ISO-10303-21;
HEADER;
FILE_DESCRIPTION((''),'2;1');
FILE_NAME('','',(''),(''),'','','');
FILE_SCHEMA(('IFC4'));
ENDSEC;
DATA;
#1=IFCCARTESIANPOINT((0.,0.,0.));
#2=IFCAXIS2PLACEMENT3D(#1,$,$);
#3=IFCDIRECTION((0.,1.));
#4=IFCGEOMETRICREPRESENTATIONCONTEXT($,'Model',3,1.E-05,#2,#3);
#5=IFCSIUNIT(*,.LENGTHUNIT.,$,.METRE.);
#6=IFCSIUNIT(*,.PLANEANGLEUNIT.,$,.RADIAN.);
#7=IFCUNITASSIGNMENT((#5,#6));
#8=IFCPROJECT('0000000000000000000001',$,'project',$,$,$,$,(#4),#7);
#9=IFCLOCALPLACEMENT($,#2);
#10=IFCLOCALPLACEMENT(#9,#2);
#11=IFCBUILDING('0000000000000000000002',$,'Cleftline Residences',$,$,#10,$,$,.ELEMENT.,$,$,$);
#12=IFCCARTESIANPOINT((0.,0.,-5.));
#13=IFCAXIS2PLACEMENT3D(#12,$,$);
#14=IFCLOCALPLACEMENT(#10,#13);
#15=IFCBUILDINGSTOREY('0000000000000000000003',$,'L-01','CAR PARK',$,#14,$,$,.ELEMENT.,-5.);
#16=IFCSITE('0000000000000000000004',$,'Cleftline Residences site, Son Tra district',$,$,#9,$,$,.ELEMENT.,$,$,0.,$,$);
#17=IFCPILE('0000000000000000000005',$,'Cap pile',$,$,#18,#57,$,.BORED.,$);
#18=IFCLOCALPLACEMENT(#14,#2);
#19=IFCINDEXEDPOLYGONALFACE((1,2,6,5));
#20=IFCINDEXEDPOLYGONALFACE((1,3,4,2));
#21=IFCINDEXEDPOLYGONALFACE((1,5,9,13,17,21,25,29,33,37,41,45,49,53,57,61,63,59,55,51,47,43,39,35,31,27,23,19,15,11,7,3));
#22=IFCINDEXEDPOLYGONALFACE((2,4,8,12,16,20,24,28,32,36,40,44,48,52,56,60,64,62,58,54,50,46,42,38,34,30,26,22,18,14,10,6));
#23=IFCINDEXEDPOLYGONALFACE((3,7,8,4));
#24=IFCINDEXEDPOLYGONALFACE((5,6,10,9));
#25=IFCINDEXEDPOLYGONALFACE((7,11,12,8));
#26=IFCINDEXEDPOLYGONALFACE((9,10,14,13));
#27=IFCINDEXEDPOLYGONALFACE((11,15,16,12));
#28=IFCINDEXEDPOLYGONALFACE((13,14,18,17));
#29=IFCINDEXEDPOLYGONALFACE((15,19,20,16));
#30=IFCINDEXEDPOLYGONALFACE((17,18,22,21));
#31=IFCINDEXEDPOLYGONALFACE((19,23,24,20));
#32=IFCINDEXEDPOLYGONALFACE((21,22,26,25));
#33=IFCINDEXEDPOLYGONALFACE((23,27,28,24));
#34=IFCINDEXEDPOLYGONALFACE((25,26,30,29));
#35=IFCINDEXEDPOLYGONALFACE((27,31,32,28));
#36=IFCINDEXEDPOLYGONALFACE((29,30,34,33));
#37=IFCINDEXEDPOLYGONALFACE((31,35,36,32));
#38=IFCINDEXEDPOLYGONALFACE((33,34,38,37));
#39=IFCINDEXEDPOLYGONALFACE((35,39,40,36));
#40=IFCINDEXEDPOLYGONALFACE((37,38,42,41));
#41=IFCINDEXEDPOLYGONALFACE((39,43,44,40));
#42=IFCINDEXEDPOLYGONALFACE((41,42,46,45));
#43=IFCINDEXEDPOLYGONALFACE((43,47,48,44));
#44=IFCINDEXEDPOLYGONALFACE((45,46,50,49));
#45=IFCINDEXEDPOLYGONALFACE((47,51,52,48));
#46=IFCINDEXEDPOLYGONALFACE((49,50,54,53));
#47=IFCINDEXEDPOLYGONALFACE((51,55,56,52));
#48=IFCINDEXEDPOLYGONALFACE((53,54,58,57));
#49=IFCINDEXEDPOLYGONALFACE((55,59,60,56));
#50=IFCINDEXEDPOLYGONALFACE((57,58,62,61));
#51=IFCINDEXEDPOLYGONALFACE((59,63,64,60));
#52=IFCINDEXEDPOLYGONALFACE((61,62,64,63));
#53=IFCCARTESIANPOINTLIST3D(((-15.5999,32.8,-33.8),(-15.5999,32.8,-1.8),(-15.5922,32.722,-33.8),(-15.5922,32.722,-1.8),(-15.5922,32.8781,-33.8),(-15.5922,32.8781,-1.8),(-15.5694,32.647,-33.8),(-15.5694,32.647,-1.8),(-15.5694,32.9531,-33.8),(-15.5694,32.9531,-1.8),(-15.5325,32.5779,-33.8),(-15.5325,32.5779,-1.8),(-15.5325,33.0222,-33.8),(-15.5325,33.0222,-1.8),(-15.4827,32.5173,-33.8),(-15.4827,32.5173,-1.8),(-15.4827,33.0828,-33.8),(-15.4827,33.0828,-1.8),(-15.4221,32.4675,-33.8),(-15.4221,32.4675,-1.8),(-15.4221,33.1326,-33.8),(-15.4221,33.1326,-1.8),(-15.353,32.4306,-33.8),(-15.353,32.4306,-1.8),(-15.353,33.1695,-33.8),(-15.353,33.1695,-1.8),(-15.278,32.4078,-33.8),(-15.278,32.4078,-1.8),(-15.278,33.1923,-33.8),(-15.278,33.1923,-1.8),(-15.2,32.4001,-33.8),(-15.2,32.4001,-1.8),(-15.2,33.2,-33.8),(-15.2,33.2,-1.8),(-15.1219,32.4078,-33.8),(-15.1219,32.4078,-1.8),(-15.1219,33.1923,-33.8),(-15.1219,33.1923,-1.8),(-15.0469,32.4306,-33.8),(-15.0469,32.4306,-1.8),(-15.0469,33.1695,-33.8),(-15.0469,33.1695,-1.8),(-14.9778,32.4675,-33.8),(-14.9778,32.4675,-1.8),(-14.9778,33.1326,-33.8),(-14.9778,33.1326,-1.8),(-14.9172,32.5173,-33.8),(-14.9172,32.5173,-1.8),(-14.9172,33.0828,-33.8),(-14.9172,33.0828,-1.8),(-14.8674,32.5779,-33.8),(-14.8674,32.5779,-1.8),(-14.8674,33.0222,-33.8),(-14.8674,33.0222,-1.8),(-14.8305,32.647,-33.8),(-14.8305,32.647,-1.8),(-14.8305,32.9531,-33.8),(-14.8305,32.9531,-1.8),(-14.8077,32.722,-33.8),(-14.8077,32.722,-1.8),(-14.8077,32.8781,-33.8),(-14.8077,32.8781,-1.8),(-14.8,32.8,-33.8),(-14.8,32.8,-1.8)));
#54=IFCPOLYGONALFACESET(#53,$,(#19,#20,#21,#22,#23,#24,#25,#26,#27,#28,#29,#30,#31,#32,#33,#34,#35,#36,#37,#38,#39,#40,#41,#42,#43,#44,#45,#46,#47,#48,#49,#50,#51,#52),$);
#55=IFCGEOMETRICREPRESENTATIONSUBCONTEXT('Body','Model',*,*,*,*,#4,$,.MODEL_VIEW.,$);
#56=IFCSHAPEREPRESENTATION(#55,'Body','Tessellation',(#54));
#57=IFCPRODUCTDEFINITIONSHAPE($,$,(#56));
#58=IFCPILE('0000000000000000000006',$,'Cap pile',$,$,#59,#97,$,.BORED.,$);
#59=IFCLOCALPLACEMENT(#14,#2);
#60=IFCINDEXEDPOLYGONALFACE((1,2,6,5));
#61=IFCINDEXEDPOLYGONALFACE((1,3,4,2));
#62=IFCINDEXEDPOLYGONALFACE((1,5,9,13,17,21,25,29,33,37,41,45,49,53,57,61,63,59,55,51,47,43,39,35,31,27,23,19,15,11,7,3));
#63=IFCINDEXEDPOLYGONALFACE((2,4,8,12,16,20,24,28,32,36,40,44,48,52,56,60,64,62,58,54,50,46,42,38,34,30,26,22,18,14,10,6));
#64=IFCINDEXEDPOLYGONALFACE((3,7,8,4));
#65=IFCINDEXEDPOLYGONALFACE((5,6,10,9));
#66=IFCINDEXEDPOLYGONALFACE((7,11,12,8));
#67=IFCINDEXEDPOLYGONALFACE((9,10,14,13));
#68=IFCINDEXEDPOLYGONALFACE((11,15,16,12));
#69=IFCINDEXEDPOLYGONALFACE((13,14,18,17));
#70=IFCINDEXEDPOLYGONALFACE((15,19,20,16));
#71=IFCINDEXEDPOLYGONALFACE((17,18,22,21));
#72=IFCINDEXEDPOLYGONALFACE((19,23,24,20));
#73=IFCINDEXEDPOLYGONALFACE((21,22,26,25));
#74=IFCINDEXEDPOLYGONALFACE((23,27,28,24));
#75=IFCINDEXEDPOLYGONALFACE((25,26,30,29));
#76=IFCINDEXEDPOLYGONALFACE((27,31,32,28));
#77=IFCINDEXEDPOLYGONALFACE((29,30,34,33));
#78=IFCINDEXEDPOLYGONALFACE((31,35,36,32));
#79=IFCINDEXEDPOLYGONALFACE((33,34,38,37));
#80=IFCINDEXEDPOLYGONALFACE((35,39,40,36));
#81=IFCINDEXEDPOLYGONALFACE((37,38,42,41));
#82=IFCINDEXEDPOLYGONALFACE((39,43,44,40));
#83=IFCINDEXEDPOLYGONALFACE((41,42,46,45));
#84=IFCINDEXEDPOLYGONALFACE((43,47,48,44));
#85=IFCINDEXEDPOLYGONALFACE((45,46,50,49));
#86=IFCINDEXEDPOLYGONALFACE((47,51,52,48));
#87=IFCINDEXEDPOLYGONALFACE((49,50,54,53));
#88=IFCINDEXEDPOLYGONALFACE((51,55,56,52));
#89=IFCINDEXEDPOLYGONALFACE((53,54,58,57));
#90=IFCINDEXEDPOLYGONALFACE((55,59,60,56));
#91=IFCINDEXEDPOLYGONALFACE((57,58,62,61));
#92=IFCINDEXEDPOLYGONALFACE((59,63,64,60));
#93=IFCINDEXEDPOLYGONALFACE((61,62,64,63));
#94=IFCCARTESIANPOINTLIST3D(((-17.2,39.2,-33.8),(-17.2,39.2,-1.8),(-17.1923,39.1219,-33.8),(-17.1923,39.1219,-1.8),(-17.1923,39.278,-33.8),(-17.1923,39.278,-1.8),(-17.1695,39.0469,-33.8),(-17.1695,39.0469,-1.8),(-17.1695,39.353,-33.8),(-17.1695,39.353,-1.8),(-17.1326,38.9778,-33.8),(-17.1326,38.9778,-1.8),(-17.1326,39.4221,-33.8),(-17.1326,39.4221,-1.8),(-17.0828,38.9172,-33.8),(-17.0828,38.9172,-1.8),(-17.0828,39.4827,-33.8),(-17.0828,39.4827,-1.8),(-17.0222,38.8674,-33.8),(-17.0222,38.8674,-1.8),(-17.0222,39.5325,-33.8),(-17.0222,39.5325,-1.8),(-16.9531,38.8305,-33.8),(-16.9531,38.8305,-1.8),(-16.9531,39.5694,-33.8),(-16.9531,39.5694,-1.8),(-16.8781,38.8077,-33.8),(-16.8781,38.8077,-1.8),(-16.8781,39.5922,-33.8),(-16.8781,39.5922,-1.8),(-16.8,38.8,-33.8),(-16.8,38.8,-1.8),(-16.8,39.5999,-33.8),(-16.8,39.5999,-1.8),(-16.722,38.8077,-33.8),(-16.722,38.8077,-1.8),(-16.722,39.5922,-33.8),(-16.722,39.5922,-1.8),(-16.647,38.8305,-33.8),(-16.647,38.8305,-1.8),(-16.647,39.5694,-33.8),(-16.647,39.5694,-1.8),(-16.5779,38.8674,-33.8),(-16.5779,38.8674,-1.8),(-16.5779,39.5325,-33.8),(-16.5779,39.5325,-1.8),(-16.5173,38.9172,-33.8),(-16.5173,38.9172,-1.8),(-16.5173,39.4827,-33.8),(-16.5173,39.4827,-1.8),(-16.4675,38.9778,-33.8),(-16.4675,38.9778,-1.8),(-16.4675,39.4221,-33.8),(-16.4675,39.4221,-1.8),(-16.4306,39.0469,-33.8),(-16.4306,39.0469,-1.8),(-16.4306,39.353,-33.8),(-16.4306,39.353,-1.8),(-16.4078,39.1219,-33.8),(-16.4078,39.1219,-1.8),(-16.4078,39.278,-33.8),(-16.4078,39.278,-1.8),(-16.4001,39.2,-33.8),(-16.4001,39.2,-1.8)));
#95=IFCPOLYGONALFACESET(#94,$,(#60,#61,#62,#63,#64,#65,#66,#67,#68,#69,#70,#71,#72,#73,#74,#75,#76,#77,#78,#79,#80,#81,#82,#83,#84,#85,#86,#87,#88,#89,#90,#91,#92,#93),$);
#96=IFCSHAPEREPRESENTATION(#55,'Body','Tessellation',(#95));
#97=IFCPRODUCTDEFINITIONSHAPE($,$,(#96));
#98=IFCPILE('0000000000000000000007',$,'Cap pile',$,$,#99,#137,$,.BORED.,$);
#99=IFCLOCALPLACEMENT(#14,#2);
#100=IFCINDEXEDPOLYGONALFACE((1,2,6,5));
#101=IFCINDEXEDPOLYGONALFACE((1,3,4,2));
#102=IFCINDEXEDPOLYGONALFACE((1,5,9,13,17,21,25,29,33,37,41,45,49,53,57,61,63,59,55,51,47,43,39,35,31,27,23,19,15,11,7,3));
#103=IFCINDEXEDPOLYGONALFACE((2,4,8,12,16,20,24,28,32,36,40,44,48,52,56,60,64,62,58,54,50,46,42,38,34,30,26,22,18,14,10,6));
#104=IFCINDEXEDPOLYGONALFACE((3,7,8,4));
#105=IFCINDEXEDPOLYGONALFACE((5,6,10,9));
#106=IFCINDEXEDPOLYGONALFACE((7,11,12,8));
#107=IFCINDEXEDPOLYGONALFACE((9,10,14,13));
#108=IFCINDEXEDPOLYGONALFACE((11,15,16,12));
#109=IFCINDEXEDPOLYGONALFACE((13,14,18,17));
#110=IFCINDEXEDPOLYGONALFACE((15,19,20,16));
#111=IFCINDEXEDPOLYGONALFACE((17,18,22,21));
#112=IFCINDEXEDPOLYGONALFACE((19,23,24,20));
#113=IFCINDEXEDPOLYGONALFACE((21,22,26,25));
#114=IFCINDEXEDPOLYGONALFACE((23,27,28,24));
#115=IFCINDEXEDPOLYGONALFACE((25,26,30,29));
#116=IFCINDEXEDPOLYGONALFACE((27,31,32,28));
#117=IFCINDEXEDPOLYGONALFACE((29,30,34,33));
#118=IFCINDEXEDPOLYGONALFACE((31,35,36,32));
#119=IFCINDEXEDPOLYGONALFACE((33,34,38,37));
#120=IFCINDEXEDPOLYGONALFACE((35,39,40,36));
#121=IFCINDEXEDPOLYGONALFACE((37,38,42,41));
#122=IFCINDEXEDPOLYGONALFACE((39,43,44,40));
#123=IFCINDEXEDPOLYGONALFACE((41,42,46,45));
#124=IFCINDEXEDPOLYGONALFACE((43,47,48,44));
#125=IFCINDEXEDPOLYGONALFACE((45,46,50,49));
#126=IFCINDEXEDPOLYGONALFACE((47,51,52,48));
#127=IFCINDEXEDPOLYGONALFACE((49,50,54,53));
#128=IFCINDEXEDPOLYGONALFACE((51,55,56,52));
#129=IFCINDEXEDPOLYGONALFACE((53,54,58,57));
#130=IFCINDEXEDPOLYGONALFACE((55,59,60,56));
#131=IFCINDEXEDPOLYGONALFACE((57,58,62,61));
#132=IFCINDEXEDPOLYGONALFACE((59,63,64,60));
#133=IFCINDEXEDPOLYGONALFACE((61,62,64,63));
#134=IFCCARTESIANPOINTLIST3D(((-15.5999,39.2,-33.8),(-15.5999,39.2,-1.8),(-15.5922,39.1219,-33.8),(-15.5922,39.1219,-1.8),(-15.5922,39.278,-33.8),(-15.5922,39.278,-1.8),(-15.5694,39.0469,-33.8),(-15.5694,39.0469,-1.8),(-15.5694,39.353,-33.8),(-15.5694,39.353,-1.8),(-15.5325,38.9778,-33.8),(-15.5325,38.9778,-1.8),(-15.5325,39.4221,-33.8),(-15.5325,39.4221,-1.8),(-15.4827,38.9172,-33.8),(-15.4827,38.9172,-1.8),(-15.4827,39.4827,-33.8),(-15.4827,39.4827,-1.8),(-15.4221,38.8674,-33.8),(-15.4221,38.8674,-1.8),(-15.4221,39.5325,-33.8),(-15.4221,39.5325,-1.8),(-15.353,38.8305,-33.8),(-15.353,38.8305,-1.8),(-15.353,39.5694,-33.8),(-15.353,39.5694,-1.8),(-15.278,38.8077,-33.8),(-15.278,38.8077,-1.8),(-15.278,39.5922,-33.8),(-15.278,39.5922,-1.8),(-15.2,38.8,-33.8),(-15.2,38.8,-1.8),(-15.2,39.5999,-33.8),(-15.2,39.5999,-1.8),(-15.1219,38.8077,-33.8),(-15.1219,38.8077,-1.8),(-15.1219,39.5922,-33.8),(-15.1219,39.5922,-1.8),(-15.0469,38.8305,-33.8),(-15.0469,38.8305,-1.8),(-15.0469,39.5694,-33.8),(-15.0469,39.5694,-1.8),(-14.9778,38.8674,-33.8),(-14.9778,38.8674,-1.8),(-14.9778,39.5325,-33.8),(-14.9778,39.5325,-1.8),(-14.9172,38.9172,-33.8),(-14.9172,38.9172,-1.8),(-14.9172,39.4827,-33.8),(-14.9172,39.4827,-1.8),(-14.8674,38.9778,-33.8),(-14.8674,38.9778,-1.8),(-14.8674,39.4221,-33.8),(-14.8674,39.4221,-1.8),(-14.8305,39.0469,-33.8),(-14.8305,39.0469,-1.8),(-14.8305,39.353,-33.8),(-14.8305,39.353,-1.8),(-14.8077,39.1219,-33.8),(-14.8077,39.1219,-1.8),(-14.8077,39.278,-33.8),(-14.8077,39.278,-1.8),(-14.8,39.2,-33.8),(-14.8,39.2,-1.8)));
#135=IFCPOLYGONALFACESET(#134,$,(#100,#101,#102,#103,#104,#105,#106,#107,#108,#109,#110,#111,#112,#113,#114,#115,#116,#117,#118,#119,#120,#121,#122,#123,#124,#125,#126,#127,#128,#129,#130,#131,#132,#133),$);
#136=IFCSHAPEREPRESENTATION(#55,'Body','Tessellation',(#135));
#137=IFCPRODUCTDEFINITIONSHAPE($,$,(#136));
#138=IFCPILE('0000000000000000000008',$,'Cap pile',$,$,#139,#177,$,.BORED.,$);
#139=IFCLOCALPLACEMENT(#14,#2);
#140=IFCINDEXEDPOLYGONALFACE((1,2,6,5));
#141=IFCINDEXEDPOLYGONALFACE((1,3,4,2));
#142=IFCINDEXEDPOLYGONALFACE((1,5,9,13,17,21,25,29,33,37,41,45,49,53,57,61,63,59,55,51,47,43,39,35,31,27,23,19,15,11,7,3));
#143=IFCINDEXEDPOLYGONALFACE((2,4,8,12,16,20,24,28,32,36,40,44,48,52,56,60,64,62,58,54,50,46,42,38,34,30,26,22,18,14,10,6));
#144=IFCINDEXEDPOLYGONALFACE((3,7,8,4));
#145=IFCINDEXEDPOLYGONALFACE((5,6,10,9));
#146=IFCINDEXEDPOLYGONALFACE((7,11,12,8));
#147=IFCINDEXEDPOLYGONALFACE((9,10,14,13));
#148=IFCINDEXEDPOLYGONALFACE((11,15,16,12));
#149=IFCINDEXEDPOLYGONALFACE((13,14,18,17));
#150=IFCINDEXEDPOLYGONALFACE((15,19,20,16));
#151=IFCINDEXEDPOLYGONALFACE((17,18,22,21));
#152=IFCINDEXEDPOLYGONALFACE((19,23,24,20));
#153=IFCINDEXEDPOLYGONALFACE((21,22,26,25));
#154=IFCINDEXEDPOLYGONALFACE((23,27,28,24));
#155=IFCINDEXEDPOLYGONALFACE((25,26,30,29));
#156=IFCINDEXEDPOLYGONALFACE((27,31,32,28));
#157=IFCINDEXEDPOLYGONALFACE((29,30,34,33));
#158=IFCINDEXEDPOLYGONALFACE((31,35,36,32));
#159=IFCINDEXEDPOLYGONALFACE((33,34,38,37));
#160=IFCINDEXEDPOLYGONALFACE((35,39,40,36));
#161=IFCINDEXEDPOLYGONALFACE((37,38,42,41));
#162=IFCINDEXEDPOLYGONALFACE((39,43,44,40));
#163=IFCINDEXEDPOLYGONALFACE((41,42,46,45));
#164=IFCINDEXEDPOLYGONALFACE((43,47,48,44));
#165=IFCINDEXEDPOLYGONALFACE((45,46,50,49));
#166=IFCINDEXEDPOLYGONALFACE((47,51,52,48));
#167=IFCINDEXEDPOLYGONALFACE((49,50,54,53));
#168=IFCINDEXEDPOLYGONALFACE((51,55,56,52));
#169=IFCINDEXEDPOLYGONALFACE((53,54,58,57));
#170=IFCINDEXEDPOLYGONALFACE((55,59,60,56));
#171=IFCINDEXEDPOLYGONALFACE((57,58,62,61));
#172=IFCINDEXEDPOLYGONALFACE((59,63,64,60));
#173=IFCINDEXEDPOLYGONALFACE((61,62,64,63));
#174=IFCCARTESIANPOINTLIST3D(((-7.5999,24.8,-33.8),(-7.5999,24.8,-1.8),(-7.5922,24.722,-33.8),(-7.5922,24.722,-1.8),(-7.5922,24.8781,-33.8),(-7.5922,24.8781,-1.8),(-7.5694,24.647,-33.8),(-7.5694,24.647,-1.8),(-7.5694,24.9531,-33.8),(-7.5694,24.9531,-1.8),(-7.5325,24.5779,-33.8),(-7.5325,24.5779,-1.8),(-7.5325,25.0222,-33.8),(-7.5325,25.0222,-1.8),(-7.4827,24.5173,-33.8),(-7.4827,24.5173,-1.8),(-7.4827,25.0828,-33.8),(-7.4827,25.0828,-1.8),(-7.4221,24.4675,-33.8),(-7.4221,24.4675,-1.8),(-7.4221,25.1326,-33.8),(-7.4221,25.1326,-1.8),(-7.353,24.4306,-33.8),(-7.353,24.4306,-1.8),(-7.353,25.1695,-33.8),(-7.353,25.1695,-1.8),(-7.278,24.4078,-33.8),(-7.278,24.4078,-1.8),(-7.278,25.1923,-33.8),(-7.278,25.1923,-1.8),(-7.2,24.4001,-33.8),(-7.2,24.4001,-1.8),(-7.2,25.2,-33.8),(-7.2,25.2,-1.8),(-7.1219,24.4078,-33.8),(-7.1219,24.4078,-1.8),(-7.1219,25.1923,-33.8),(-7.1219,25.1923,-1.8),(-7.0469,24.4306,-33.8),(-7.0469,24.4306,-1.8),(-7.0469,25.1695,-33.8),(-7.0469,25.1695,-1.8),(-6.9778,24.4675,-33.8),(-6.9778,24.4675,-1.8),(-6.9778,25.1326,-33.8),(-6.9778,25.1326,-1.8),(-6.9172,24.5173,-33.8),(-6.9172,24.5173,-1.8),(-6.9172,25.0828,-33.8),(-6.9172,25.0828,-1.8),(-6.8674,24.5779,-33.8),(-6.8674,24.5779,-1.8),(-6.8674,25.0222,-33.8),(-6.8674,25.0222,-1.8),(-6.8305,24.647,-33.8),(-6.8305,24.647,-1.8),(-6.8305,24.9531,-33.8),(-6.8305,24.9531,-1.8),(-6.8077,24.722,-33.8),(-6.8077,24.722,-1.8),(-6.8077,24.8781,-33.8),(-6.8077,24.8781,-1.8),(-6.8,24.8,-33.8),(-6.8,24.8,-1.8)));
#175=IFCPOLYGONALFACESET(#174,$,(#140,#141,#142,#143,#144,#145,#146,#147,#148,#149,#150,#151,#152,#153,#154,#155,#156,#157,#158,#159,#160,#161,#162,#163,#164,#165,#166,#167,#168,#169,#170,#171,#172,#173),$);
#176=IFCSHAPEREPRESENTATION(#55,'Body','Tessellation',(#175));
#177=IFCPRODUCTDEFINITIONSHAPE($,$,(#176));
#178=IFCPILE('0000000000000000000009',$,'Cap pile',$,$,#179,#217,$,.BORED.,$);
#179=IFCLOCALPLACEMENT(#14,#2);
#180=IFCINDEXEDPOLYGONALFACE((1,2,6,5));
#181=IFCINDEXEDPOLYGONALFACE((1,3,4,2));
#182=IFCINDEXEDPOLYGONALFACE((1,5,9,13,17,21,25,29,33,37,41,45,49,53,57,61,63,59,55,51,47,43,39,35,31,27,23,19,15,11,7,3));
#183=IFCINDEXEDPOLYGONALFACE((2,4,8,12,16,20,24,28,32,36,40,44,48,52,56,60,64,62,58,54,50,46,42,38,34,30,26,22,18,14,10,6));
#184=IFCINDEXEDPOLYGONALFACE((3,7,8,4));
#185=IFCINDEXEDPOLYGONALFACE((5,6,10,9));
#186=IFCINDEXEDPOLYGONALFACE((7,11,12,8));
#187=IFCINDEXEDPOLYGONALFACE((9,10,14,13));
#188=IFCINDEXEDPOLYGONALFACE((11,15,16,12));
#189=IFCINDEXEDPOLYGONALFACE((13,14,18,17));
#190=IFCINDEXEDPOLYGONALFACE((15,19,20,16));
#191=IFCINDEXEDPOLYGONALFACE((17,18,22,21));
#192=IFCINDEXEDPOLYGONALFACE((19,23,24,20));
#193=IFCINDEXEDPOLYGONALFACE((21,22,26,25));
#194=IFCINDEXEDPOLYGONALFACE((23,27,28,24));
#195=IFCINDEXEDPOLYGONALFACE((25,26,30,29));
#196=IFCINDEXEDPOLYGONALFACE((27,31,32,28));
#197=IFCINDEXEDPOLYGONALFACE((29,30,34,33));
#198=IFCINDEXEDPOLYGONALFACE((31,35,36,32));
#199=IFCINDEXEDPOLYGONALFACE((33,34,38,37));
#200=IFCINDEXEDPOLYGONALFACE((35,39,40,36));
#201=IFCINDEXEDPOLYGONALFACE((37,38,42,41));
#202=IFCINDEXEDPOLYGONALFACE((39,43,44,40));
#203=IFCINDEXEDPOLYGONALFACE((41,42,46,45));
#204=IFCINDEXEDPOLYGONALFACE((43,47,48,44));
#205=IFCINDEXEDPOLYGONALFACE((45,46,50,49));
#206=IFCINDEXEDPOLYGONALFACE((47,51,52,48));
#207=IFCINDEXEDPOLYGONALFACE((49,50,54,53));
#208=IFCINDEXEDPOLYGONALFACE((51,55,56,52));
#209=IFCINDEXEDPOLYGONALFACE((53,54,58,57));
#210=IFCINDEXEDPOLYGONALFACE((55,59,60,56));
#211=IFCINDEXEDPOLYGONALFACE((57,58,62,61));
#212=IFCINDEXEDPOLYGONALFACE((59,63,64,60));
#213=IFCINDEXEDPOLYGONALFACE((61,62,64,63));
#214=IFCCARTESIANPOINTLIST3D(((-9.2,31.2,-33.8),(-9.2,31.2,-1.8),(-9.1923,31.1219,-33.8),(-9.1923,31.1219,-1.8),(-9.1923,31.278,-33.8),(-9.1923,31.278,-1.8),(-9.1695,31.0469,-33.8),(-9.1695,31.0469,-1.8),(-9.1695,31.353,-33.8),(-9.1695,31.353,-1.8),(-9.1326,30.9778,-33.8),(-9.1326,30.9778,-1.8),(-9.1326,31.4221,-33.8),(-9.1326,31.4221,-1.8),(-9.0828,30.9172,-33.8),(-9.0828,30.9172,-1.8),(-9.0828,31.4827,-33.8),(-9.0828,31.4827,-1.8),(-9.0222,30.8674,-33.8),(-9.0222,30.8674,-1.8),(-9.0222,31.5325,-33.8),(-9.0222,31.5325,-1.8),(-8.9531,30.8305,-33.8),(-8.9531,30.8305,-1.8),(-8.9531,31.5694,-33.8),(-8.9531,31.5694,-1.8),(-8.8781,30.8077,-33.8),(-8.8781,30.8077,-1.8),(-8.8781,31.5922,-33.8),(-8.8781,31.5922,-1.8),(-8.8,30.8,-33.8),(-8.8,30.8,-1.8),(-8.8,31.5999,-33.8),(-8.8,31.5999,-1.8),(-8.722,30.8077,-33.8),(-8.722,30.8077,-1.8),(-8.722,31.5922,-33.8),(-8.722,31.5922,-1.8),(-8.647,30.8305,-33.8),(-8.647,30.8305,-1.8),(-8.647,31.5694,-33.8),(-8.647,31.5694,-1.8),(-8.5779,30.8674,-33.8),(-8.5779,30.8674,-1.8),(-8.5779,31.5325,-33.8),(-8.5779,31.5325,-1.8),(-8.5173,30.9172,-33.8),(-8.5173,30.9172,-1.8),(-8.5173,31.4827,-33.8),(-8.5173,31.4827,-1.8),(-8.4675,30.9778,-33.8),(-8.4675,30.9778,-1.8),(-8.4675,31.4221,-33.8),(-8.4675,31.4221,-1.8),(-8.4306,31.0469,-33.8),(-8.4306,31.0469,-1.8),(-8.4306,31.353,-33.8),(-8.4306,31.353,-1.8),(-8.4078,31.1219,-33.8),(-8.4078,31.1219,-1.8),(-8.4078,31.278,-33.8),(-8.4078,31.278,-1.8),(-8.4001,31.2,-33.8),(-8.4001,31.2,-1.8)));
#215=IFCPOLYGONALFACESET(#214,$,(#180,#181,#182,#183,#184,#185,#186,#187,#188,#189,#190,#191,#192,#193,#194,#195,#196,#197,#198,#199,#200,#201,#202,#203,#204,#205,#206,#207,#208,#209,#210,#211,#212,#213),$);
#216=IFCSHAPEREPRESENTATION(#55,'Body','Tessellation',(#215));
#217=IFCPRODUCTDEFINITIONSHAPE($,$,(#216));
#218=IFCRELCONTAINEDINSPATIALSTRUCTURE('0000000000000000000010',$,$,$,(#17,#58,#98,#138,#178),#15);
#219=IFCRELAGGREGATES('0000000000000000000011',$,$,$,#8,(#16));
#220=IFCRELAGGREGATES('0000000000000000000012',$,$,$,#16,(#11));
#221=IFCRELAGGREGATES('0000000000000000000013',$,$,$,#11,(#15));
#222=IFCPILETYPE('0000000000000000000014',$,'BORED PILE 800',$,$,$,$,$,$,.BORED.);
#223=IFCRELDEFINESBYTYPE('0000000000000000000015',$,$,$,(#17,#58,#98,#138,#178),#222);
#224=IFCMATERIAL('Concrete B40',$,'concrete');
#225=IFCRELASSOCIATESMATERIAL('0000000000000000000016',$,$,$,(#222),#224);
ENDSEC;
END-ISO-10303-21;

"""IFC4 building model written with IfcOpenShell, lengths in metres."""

from ifc_helpers import new_model, si_unit, direction, frame, origin, origin_2d, place, context, subcontext, project, spatial, circle, extrude, material, material_profile, profile_set, type_object, element, save


model = new_model("IFC4")

# Units and contexts
model_context = context("Model", 3, precision=1e-05, world=origin(), true_north=direction((0.0, 1.0)))
body_context = subcontext(model_context, "Body", "Model", "MODEL_VIEW")
ifc_project = project(units=[si_unit("LENGTHUNIT", "METRE"), si_unit("PLANEANGLEUNIT", "RADIAN")], contexts=[model_context])

# Site, building, storey
site_placement = place(None, origin())
site = spatial("IfcSite", under=ifc_project, at=site_placement, Name="Cleftline Residences site, Son Tra district", CompositionType="ELEMENT", RefElevation=0.0)
building_placement = place(site_placement, origin())
building = spatial("IfcBuilding", under=site, at=building_placement, Name="Cleftline Residences", CompositionType="ELEMENT")
storey_placement = place(building_placement, frame((0.0, 0.0, -5.0)))
storey = spatial("IfcBuildingStorey", under=building, at=storey_placement, Name="L-01", Description="CAR PARK", CompositionType="ELEMENT", Elevation=-5.0)

# Piles
ifc_material_1 = material(Name="Concrete B40", Category="concrete")
ifc_material_profile_1 = material_profile(ifc_material_1, circle(Radius=0.3999, at=origin_2d()))
ifc_profile_set_1 = profile_set([ifc_material_profile_1], Name="Concrete B40")
pile_type_1 = type_object("IfcPileType", Name="BORED PILE 800", PredefinedType="BORED", material=ifc_profile_set_1)
for number, where, z_axis, x_axis, name in (
    (1, (-15.2, 32.8, -1.8), (0.0, 0.0, -1.0), (1.0, 0.0, 0.0), "Cap pile"),
    (2, (-16.8, 39.2, -1.8), (0.0, 0.0, -1.0), (1.0, 0.0, 0.0), "Cap pile"),
    (3, (-15.2, 39.2, -1.8), (0.0, 0.0, -1.0), (1.0, 0.0, 0.0), "Cap pile"),
    (4, (-7.2, 24.8, -1.8), (0.0, 0.0, -1.0), (1.0, 0.0, 0.0), "Cap pile"),
    (5, (-8.8, 31.2, -1.8), (0.0, 0.0, -1.0), (1.0, 0.0, 0.0), "Cap pile"),
):
    element("IfcPile", number, at=place(storey_placement, frame(where, z_axis=z_axis, x_axis=x_axis)), inside=storey, type_object=pile_type_1, Name=name, PredefinedType="BORED", context=body_context, shape_type="SweptSolid", body=[
        extrude(circle(Radius=0.3999, at=origin_2d()), origin(), (0.0, 0.0, 1.0), 32.0),
    ])

save(model, "model.ifc")
